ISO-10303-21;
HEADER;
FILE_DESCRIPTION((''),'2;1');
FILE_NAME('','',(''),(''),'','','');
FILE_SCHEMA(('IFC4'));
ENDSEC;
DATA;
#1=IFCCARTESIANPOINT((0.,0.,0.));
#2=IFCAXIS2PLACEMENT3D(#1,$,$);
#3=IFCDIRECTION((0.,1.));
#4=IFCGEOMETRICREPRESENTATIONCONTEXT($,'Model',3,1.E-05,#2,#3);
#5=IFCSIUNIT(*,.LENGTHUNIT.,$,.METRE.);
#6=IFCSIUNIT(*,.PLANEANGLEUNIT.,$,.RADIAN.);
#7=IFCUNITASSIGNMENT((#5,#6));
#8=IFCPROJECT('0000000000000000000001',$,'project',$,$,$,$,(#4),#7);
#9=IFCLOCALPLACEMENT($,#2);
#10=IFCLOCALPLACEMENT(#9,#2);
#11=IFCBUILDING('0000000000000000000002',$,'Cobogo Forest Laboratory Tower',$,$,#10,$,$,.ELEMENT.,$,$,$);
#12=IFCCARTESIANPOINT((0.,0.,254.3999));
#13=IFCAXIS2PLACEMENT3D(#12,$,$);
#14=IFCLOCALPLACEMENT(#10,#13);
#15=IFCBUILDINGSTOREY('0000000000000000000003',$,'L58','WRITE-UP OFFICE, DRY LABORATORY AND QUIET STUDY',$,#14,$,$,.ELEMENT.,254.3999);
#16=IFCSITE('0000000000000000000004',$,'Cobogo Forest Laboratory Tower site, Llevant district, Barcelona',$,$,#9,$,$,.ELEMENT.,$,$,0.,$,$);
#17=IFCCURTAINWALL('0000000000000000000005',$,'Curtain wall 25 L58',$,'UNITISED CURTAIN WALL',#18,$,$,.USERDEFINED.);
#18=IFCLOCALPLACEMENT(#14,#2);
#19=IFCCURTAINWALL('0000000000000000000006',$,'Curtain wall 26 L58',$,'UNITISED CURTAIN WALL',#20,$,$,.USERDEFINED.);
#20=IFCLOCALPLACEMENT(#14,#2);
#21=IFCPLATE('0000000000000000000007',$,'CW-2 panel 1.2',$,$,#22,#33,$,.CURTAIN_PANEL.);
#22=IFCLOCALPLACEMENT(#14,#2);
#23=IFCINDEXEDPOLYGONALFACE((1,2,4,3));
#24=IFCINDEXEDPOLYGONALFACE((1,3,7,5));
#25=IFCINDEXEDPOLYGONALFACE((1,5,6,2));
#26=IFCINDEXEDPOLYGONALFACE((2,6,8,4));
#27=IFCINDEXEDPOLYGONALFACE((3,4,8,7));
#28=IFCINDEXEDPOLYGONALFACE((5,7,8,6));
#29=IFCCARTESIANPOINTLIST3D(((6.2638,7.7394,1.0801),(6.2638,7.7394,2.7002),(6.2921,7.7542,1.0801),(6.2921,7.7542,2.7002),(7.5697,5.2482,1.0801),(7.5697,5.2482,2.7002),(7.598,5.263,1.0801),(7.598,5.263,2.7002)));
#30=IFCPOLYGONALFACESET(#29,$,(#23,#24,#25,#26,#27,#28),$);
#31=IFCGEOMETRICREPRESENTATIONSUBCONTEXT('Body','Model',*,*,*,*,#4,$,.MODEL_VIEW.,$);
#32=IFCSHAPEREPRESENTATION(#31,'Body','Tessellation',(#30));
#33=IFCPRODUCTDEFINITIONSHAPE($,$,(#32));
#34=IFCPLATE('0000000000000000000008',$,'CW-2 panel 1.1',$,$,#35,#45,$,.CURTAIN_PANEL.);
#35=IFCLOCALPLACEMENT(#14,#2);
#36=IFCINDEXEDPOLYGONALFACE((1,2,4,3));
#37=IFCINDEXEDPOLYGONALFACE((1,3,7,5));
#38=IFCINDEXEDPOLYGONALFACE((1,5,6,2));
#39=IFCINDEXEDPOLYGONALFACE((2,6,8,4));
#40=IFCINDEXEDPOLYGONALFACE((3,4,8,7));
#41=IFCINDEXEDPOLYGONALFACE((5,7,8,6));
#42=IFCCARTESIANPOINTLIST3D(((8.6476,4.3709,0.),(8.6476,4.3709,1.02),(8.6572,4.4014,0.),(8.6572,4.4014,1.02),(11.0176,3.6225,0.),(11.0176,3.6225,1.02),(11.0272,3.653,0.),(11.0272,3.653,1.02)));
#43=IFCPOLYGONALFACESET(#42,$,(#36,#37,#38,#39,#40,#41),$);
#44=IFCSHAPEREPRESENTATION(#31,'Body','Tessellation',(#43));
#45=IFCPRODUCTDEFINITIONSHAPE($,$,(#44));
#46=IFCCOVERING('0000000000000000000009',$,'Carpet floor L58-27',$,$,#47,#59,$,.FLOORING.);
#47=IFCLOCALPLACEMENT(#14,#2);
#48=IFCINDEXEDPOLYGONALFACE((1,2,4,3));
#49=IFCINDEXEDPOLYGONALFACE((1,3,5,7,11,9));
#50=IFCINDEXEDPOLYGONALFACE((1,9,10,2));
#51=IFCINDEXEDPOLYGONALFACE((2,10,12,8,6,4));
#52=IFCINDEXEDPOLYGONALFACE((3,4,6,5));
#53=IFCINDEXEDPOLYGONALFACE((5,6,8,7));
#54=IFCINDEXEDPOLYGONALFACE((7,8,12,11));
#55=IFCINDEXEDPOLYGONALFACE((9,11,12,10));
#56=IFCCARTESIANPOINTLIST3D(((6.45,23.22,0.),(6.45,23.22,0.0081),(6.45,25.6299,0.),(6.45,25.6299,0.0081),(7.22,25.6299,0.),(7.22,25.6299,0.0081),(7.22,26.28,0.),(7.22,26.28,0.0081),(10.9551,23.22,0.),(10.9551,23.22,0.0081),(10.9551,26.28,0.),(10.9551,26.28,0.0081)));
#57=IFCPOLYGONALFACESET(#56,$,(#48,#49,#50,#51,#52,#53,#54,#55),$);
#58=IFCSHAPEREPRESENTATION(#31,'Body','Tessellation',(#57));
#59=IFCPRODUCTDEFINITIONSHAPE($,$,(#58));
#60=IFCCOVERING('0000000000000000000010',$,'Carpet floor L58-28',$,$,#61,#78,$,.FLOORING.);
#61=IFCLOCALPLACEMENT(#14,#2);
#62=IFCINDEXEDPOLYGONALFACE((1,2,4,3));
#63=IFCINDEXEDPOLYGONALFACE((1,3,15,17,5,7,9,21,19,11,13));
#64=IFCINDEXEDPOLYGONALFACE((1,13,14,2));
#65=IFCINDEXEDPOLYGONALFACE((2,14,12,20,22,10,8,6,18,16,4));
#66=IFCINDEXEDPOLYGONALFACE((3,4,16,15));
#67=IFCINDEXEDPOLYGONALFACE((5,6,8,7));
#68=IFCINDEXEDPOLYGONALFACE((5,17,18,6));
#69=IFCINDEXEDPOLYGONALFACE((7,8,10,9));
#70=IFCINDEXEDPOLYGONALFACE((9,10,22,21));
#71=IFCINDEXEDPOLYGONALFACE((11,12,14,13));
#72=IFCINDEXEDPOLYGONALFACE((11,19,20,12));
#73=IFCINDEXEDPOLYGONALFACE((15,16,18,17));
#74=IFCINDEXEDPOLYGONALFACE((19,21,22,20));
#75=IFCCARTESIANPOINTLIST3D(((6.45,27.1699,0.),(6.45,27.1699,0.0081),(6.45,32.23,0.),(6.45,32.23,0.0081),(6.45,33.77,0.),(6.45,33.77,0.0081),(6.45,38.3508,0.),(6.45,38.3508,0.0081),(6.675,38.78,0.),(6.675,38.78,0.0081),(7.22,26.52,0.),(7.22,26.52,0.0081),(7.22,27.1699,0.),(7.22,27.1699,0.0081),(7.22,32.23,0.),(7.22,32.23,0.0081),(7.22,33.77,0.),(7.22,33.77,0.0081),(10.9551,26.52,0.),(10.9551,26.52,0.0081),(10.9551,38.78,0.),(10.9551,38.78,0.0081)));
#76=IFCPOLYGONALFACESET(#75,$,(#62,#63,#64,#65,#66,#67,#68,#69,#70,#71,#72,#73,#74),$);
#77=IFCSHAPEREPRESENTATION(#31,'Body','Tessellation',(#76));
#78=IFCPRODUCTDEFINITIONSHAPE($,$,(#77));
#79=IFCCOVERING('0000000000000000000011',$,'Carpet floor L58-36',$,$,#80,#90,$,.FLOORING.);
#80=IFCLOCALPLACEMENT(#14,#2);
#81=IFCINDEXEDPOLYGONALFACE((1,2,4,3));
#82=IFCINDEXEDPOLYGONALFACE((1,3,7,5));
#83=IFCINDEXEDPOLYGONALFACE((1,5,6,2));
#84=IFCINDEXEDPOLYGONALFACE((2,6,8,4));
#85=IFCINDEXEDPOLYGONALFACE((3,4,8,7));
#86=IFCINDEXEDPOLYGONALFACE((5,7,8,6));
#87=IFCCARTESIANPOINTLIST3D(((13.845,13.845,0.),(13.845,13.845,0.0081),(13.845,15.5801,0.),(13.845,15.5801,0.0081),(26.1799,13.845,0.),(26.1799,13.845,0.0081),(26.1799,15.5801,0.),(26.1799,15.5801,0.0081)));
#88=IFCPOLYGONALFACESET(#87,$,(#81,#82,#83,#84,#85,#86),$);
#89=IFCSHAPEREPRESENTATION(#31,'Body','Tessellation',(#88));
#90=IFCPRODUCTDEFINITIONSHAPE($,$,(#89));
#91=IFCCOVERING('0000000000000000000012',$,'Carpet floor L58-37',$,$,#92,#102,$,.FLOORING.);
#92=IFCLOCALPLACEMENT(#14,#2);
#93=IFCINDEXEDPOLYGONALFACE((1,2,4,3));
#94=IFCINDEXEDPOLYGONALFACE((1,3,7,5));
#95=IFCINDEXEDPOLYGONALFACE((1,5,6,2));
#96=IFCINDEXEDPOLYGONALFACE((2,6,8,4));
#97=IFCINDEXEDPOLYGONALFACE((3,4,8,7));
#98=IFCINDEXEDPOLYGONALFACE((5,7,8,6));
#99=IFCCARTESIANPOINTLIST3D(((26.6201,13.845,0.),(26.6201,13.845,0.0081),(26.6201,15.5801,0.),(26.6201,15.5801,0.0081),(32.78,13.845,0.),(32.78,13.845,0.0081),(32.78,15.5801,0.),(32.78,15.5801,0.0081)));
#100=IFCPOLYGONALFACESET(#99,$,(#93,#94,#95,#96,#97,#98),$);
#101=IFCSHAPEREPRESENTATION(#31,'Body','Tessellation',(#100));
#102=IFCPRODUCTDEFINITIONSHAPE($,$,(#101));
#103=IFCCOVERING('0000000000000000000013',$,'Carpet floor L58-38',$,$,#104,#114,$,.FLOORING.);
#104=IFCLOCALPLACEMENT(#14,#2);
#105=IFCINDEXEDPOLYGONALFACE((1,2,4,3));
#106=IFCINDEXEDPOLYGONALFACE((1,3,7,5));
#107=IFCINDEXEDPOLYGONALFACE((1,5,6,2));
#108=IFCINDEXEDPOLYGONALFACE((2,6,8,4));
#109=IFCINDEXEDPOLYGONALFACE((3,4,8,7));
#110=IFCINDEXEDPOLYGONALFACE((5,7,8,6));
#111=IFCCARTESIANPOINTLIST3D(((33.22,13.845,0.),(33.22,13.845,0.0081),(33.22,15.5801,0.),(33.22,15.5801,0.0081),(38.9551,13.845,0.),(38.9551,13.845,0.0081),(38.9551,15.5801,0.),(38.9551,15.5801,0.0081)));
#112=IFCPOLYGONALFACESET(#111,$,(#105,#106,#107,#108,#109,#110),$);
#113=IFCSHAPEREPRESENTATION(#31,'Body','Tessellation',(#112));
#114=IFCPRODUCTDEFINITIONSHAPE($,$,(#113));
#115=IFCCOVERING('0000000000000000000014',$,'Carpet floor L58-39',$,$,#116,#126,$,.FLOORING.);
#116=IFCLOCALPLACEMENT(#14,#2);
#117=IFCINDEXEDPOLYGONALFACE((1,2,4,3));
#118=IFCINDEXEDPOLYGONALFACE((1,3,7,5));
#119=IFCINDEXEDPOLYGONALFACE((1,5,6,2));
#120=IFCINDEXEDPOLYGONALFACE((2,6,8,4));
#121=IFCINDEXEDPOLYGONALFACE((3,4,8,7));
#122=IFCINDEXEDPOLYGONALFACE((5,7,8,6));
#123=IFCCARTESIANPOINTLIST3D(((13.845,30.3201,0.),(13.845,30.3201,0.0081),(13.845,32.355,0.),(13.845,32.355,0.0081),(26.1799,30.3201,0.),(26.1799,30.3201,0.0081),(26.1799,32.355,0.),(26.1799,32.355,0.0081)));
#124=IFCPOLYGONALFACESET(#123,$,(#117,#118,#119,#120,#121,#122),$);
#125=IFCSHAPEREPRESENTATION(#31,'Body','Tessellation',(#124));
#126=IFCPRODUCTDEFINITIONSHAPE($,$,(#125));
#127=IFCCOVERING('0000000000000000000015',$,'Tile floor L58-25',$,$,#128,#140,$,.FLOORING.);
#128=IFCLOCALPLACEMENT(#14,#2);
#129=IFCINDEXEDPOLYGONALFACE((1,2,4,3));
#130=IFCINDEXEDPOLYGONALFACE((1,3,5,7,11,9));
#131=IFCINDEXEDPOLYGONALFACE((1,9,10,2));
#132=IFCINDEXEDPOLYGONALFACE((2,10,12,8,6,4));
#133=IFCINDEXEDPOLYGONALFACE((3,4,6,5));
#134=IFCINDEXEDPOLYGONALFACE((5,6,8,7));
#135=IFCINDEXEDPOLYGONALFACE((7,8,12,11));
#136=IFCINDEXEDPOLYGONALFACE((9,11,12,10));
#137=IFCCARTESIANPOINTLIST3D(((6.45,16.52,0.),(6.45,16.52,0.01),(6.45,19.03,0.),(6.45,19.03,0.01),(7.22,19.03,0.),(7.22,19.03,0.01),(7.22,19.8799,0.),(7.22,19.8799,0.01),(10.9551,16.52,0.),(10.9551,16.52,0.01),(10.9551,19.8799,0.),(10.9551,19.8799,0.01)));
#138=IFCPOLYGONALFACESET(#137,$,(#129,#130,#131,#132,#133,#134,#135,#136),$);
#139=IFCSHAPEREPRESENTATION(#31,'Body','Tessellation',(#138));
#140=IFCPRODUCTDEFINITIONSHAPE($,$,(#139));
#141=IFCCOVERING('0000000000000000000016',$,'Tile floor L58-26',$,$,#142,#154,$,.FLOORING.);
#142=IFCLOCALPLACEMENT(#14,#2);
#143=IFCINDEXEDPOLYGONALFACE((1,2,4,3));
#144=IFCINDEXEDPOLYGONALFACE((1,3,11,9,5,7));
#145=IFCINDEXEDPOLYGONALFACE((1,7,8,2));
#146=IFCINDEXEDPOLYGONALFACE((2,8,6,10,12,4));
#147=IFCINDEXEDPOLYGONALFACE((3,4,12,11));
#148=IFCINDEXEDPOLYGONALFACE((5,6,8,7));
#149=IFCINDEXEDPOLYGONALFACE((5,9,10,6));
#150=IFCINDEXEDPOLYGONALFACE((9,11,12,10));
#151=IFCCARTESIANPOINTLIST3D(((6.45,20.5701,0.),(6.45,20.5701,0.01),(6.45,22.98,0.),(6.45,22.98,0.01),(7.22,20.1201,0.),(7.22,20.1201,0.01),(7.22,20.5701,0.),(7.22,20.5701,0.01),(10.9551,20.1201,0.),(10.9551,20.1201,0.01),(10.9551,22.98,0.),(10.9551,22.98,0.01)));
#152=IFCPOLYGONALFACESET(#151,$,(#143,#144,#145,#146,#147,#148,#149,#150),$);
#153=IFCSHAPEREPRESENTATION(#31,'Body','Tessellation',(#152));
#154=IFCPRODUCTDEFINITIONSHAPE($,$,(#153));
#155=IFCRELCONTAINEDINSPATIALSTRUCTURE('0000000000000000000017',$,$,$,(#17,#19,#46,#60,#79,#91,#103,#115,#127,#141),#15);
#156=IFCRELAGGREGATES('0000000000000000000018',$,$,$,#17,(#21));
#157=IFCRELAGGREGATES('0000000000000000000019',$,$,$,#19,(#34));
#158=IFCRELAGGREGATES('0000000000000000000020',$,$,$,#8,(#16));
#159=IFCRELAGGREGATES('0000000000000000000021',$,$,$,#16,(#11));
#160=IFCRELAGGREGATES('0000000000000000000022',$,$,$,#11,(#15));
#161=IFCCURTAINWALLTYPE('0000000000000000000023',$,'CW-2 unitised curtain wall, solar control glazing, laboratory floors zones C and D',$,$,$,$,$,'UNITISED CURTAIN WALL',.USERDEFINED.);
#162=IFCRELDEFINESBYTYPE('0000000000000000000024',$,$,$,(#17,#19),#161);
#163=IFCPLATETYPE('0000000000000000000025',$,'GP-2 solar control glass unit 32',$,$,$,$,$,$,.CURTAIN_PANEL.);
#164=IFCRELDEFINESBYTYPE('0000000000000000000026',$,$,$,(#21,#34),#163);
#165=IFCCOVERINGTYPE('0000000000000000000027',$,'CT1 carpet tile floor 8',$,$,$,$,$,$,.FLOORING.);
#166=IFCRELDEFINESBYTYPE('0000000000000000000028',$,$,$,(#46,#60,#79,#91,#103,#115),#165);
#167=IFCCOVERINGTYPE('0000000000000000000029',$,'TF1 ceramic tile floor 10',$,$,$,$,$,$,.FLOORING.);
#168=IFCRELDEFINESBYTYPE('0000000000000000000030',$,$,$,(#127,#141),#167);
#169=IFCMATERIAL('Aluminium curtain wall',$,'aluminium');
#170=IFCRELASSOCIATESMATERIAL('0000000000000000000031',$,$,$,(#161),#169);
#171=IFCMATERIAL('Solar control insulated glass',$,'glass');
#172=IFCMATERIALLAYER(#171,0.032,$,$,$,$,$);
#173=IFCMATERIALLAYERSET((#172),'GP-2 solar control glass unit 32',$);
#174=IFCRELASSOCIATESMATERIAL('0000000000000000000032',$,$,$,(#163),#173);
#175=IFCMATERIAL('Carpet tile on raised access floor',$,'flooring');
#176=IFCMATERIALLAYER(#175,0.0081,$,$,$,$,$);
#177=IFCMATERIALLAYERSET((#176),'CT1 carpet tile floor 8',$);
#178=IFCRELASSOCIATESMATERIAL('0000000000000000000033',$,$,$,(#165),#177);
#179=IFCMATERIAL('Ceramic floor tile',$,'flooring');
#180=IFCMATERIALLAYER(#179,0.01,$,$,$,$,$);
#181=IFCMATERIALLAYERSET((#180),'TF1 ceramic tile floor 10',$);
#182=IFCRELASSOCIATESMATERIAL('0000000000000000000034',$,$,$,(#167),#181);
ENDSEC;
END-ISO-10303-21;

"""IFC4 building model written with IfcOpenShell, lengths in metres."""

from ifc_helpers import new_model, si_unit, direction, frame, origin, origin_2d, place, context, subcontext, project, spatial, polyline, rectangle, outline, extrude, material, layer, layer_set, type_object, element, aggregate, save


model = new_model("IFC4")

# Units and contexts
model_context = context("Model", 3, precision=1e-05, world=origin(), true_north=direction((0.0, 1.0)))
body_context = subcontext(model_context, "Body", "Model", "MODEL_VIEW")
ifc_project = project(units=[si_unit("LENGTHUNIT", "METRE"), si_unit("PLANEANGLEUNIT", "RADIAN")], contexts=[model_context])

# Site, building, storey
site_placement = place(None, origin())
site = spatial("IfcSite", under=ifc_project, at=site_placement, Name="Cobogo Forest Laboratory Tower site, Llevant district, Barcelona", CompositionType="ELEMENT", RefElevation=0.0)
building_placement = place(site_placement, origin())
building = spatial("IfcBuilding", under=site, at=building_placement, Name="Cobogo Forest Laboratory Tower", CompositionType="ELEMENT")
storey_placement = place(building_placement, frame((0.0, 0.0, 254.3999)))
storey = spatial("IfcBuildingStorey", under=building, at=storey_placement, Name="L58", Description="WRITE-UP OFFICE, DRY LABORATORY AND QUIET STUDY", CompositionType="ELEMENT", Elevation=254.3999)

# Curtain wall
ifc_material_1 = material(Name="Aluminium curtain wall", Category="aluminium")
curtain_wall_type = type_object("IfcCurtainWallType", Name="CW-2 unitised curtain wall, solar control glazing, laboratory floors zones C and D", ElementType="UNITISED CURTAIN WALL", PredefinedType="USERDEFINED", material=ifc_material_1)
curtain_wall_1_placement = place(storey_placement, origin())
curtain_wall_1 = element("IfcCurtainWall", 1, at=curtain_wall_1_placement, inside=storey, type_object=curtain_wall_type, Name="Curtain wall 25 L58", ObjectType="UNITISED CURTAIN WALL", PredefinedType="USERDEFINED")

# Curtain wall
curtain_wall_2_placement = place(storey_placement, origin())
curtain_wall_2 = element("IfcCurtainWall", 2, at=curtain_wall_2_placement, inside=storey, type_object=curtain_wall_type, Name="Curtain wall 26 L58", ObjectType="UNITISED CURTAIN WALL", PredefinedType="USERDEFINED")

# Plates
ifc_material_2 = material(Name="Solar control insulated glass", Category="glass")
ifc_layer_1 = layer(ifc_material_2, 0.032)
ifc_layer_set_1 = layer_set([ifc_layer_1], Name="GP-2 solar control glass unit 32")
plate_type = type_object("IfcPlateType", Name="GP-2 solar control glass unit 32", PredefinedType="CURTAIN_PANEL", material=ifc_layer_set_1)
plate_1_placement = place(storey_placement, frame((6.9309, 6.5012, 1.0801), z_axis=(0.0, 0.0, 1.0), x_axis=(0.464284, -0.885686, 0.0)))
plate_1 = element("IfcPlate", 3, at=plate_1_placement, type_object=plate_type, Name="CW-2 panel 1.2", PredefinedType="CURTAIN_PANEL", context=body_context, shape_type="SweptSolid", body=[
    extrude(rectangle(XDim=2.8127, YDim=0.032, at=origin_2d()), origin(), (0.0, 0.0, 1.0), 1.6201),
])
aggregate(curtain_wall_1, [plate_1])
plate_2_placement = place(storey_placement, frame((9.8374, 4.012, 0.0), z_axis=(0.0, 0.0, 1.0), x_axis=(0.953581, -0.301135, 0.0)))
plate_2 = element("IfcPlate", 4, at=plate_2_placement, type_object=plate_type, Name="CW-2 panel 1.1", PredefinedType="CURTAIN_PANEL", context=body_context, shape_type="SweptSolid", body=[
    extrude(rectangle(XDim=2.4854, YDim=0.032, at=origin_2d()), origin(), (0.0, 0.0, 1.0), 1.02),
])
aggregate(curtain_wall_2, [plate_2])

# Coverings
ifc_material_3 = material(Name="Carpet tile on raised access floor", Category="flooring")
ifc_layer_2 = layer(ifc_material_3, 0.0081)
ifc_layer_set_2 = layer_set([ifc_layer_2], Name="CT1 carpet tile floor 8")
covering_type_1 = type_object("IfcCoveringType", Name="CT1 carpet tile floor 8", PredefinedType="FLOORING", material=ifc_layer_set_2)
covering_1_placement = place(storey_placement, origin())
element("IfcCovering", 5, at=covering_1_placement, inside=storey, type_object=covering_type_1, Name="Carpet floor L58-27", PredefinedType="FLOORING", context=body_context, shape_type="SweptSolid", body=[
    extrude(outline(polyline([(10.9551, 23.22), (6.45, 23.22), (6.45, 25.6299), (7.22, 25.6299), (7.22, 26.28), (10.9551, 26.28), (10.9551, 23.22)])), origin(), (0.0, 0.0, 1.0), 0.0081),
])
covering_2_placement = place(storey_placement, origin())
element("IfcCovering", 6, at=covering_2_placement, inside=storey, type_object=covering_type_1, Name="Carpet floor L58-28", PredefinedType="FLOORING", context=body_context, shape_type="SweptSolid", body=[
    extrude(outline(polyline([(10.9551, 26.52), (7.22, 26.52), (7.22, 27.1699), (6.45, 27.1699), (6.45, 32.23), (7.22, 32.23), (7.22, 33.77), (6.45, 33.77), (6.45, 38.3508), (6.675, 38.78), (10.9551, 38.78), (10.9551, 26.52)])), origin(), (0.0, 0.0, 1.0), 0.0081),
])
covering_3_placement = place(storey_placement, origin())
element("IfcCovering", 7, at=covering_3_placement, inside=storey, type_object=covering_type_1, Name="Carpet floor L58-36", PredefinedType="FLOORING", context=body_context, shape_type="SweptSolid", body=[
    extrude(outline(polyline([(26.1799, 13.845), (13.845, 13.845), (13.845, 15.5801), (26.1799, 15.5801), (26.1799, 13.845)])), origin(), (0.0, 0.0, 1.0), 0.0081),
])
covering_4_placement = place(storey_placement, origin())
element("IfcCovering", 8, at=covering_4_placement, inside=storey, type_object=covering_type_1, Name="Carpet floor L58-37", PredefinedType="FLOORING", context=body_context, shape_type="SweptSolid", body=[
    extrude(outline(polyline([(32.78, 13.845), (26.6201, 13.845), (26.6201, 15.5801), (32.78, 15.5801), (32.78, 13.845)])), origin(), (0.0, 0.0, 1.0), 0.0081),
])
covering_5_placement = place(storey_placement, origin())
element("IfcCovering", 9, at=covering_5_placement, inside=storey, type_object=covering_type_1, Name="Carpet floor L58-38", PredefinedType="FLOORING", context=body_context, shape_type="SweptSolid", body=[
    extrude(outline(polyline([(38.9551, 13.845), (33.22, 13.845), (33.22, 15.5801), (38.9551, 15.5801), (38.9551, 13.845)])), origin(), (0.0, 0.0, 1.0), 0.0081),
])
covering_6_placement = place(storey_placement, origin())
element("IfcCovering", 10, at=covering_6_placement, inside=storey, type_object=covering_type_1, Name="Carpet floor L58-39", PredefinedType="FLOORING", context=body_context, shape_type="SweptSolid", body=[
    extrude(outline(polyline([(26.1799, 30.3201), (13.845, 30.3201), (13.845, 32.355), (26.1799, 32.355), (26.1799, 30.3201)])), origin(), (0.0, 0.0, 1.0), 0.0081),
])
ifc_material_4 = material(Name="Ceramic floor tile", Category="flooring")
ifc_layer_3 = layer(ifc_material_4, 0.01)
ifc_layer_set_3 = layer_set([ifc_layer_3], Name="TF1 ceramic tile floor 10")
covering_type_2 = type_object("IfcCoveringType", Name="TF1 ceramic tile floor 10", PredefinedType="FLOORING", material=ifc_layer_set_3)
covering_7_placement = place(storey_placement, origin())
element("IfcCovering", 11, at=covering_7_placement, inside=storey, type_object=covering_type_2, Name="Tile floor L58-25", PredefinedType="FLOORING", context=body_context, shape_type="SweptSolid", body=[
    extrude(outline(polyline([(10.9551, 16.52), (6.45, 16.52), (6.45, 19.03), (7.22, 19.03), (7.22, 19.8799), (10.9551, 19.8799), (10.9551, 16.52)])), origin(), (0.0, 0.0, 1.0), 0.01),
])
covering_8_placement = place(storey_placement, origin())
element("IfcCovering", 12, at=covering_8_placement, inside=storey, type_object=covering_type_2, Name="Tile floor L58-26", PredefinedType="FLOORING", context=body_context, shape_type="SweptSolid", body=[
    extrude(outline(polyline([(10.9551, 20.1201), (7.22, 20.1201), (7.22, 20.5701), (6.45, 20.5701), (6.45, 22.98), (10.9551, 22.98), (10.9551, 20.1201)])), origin(), (0.0, 0.0, 1.0), 0.01),
])

save(model, "model.ifc")
